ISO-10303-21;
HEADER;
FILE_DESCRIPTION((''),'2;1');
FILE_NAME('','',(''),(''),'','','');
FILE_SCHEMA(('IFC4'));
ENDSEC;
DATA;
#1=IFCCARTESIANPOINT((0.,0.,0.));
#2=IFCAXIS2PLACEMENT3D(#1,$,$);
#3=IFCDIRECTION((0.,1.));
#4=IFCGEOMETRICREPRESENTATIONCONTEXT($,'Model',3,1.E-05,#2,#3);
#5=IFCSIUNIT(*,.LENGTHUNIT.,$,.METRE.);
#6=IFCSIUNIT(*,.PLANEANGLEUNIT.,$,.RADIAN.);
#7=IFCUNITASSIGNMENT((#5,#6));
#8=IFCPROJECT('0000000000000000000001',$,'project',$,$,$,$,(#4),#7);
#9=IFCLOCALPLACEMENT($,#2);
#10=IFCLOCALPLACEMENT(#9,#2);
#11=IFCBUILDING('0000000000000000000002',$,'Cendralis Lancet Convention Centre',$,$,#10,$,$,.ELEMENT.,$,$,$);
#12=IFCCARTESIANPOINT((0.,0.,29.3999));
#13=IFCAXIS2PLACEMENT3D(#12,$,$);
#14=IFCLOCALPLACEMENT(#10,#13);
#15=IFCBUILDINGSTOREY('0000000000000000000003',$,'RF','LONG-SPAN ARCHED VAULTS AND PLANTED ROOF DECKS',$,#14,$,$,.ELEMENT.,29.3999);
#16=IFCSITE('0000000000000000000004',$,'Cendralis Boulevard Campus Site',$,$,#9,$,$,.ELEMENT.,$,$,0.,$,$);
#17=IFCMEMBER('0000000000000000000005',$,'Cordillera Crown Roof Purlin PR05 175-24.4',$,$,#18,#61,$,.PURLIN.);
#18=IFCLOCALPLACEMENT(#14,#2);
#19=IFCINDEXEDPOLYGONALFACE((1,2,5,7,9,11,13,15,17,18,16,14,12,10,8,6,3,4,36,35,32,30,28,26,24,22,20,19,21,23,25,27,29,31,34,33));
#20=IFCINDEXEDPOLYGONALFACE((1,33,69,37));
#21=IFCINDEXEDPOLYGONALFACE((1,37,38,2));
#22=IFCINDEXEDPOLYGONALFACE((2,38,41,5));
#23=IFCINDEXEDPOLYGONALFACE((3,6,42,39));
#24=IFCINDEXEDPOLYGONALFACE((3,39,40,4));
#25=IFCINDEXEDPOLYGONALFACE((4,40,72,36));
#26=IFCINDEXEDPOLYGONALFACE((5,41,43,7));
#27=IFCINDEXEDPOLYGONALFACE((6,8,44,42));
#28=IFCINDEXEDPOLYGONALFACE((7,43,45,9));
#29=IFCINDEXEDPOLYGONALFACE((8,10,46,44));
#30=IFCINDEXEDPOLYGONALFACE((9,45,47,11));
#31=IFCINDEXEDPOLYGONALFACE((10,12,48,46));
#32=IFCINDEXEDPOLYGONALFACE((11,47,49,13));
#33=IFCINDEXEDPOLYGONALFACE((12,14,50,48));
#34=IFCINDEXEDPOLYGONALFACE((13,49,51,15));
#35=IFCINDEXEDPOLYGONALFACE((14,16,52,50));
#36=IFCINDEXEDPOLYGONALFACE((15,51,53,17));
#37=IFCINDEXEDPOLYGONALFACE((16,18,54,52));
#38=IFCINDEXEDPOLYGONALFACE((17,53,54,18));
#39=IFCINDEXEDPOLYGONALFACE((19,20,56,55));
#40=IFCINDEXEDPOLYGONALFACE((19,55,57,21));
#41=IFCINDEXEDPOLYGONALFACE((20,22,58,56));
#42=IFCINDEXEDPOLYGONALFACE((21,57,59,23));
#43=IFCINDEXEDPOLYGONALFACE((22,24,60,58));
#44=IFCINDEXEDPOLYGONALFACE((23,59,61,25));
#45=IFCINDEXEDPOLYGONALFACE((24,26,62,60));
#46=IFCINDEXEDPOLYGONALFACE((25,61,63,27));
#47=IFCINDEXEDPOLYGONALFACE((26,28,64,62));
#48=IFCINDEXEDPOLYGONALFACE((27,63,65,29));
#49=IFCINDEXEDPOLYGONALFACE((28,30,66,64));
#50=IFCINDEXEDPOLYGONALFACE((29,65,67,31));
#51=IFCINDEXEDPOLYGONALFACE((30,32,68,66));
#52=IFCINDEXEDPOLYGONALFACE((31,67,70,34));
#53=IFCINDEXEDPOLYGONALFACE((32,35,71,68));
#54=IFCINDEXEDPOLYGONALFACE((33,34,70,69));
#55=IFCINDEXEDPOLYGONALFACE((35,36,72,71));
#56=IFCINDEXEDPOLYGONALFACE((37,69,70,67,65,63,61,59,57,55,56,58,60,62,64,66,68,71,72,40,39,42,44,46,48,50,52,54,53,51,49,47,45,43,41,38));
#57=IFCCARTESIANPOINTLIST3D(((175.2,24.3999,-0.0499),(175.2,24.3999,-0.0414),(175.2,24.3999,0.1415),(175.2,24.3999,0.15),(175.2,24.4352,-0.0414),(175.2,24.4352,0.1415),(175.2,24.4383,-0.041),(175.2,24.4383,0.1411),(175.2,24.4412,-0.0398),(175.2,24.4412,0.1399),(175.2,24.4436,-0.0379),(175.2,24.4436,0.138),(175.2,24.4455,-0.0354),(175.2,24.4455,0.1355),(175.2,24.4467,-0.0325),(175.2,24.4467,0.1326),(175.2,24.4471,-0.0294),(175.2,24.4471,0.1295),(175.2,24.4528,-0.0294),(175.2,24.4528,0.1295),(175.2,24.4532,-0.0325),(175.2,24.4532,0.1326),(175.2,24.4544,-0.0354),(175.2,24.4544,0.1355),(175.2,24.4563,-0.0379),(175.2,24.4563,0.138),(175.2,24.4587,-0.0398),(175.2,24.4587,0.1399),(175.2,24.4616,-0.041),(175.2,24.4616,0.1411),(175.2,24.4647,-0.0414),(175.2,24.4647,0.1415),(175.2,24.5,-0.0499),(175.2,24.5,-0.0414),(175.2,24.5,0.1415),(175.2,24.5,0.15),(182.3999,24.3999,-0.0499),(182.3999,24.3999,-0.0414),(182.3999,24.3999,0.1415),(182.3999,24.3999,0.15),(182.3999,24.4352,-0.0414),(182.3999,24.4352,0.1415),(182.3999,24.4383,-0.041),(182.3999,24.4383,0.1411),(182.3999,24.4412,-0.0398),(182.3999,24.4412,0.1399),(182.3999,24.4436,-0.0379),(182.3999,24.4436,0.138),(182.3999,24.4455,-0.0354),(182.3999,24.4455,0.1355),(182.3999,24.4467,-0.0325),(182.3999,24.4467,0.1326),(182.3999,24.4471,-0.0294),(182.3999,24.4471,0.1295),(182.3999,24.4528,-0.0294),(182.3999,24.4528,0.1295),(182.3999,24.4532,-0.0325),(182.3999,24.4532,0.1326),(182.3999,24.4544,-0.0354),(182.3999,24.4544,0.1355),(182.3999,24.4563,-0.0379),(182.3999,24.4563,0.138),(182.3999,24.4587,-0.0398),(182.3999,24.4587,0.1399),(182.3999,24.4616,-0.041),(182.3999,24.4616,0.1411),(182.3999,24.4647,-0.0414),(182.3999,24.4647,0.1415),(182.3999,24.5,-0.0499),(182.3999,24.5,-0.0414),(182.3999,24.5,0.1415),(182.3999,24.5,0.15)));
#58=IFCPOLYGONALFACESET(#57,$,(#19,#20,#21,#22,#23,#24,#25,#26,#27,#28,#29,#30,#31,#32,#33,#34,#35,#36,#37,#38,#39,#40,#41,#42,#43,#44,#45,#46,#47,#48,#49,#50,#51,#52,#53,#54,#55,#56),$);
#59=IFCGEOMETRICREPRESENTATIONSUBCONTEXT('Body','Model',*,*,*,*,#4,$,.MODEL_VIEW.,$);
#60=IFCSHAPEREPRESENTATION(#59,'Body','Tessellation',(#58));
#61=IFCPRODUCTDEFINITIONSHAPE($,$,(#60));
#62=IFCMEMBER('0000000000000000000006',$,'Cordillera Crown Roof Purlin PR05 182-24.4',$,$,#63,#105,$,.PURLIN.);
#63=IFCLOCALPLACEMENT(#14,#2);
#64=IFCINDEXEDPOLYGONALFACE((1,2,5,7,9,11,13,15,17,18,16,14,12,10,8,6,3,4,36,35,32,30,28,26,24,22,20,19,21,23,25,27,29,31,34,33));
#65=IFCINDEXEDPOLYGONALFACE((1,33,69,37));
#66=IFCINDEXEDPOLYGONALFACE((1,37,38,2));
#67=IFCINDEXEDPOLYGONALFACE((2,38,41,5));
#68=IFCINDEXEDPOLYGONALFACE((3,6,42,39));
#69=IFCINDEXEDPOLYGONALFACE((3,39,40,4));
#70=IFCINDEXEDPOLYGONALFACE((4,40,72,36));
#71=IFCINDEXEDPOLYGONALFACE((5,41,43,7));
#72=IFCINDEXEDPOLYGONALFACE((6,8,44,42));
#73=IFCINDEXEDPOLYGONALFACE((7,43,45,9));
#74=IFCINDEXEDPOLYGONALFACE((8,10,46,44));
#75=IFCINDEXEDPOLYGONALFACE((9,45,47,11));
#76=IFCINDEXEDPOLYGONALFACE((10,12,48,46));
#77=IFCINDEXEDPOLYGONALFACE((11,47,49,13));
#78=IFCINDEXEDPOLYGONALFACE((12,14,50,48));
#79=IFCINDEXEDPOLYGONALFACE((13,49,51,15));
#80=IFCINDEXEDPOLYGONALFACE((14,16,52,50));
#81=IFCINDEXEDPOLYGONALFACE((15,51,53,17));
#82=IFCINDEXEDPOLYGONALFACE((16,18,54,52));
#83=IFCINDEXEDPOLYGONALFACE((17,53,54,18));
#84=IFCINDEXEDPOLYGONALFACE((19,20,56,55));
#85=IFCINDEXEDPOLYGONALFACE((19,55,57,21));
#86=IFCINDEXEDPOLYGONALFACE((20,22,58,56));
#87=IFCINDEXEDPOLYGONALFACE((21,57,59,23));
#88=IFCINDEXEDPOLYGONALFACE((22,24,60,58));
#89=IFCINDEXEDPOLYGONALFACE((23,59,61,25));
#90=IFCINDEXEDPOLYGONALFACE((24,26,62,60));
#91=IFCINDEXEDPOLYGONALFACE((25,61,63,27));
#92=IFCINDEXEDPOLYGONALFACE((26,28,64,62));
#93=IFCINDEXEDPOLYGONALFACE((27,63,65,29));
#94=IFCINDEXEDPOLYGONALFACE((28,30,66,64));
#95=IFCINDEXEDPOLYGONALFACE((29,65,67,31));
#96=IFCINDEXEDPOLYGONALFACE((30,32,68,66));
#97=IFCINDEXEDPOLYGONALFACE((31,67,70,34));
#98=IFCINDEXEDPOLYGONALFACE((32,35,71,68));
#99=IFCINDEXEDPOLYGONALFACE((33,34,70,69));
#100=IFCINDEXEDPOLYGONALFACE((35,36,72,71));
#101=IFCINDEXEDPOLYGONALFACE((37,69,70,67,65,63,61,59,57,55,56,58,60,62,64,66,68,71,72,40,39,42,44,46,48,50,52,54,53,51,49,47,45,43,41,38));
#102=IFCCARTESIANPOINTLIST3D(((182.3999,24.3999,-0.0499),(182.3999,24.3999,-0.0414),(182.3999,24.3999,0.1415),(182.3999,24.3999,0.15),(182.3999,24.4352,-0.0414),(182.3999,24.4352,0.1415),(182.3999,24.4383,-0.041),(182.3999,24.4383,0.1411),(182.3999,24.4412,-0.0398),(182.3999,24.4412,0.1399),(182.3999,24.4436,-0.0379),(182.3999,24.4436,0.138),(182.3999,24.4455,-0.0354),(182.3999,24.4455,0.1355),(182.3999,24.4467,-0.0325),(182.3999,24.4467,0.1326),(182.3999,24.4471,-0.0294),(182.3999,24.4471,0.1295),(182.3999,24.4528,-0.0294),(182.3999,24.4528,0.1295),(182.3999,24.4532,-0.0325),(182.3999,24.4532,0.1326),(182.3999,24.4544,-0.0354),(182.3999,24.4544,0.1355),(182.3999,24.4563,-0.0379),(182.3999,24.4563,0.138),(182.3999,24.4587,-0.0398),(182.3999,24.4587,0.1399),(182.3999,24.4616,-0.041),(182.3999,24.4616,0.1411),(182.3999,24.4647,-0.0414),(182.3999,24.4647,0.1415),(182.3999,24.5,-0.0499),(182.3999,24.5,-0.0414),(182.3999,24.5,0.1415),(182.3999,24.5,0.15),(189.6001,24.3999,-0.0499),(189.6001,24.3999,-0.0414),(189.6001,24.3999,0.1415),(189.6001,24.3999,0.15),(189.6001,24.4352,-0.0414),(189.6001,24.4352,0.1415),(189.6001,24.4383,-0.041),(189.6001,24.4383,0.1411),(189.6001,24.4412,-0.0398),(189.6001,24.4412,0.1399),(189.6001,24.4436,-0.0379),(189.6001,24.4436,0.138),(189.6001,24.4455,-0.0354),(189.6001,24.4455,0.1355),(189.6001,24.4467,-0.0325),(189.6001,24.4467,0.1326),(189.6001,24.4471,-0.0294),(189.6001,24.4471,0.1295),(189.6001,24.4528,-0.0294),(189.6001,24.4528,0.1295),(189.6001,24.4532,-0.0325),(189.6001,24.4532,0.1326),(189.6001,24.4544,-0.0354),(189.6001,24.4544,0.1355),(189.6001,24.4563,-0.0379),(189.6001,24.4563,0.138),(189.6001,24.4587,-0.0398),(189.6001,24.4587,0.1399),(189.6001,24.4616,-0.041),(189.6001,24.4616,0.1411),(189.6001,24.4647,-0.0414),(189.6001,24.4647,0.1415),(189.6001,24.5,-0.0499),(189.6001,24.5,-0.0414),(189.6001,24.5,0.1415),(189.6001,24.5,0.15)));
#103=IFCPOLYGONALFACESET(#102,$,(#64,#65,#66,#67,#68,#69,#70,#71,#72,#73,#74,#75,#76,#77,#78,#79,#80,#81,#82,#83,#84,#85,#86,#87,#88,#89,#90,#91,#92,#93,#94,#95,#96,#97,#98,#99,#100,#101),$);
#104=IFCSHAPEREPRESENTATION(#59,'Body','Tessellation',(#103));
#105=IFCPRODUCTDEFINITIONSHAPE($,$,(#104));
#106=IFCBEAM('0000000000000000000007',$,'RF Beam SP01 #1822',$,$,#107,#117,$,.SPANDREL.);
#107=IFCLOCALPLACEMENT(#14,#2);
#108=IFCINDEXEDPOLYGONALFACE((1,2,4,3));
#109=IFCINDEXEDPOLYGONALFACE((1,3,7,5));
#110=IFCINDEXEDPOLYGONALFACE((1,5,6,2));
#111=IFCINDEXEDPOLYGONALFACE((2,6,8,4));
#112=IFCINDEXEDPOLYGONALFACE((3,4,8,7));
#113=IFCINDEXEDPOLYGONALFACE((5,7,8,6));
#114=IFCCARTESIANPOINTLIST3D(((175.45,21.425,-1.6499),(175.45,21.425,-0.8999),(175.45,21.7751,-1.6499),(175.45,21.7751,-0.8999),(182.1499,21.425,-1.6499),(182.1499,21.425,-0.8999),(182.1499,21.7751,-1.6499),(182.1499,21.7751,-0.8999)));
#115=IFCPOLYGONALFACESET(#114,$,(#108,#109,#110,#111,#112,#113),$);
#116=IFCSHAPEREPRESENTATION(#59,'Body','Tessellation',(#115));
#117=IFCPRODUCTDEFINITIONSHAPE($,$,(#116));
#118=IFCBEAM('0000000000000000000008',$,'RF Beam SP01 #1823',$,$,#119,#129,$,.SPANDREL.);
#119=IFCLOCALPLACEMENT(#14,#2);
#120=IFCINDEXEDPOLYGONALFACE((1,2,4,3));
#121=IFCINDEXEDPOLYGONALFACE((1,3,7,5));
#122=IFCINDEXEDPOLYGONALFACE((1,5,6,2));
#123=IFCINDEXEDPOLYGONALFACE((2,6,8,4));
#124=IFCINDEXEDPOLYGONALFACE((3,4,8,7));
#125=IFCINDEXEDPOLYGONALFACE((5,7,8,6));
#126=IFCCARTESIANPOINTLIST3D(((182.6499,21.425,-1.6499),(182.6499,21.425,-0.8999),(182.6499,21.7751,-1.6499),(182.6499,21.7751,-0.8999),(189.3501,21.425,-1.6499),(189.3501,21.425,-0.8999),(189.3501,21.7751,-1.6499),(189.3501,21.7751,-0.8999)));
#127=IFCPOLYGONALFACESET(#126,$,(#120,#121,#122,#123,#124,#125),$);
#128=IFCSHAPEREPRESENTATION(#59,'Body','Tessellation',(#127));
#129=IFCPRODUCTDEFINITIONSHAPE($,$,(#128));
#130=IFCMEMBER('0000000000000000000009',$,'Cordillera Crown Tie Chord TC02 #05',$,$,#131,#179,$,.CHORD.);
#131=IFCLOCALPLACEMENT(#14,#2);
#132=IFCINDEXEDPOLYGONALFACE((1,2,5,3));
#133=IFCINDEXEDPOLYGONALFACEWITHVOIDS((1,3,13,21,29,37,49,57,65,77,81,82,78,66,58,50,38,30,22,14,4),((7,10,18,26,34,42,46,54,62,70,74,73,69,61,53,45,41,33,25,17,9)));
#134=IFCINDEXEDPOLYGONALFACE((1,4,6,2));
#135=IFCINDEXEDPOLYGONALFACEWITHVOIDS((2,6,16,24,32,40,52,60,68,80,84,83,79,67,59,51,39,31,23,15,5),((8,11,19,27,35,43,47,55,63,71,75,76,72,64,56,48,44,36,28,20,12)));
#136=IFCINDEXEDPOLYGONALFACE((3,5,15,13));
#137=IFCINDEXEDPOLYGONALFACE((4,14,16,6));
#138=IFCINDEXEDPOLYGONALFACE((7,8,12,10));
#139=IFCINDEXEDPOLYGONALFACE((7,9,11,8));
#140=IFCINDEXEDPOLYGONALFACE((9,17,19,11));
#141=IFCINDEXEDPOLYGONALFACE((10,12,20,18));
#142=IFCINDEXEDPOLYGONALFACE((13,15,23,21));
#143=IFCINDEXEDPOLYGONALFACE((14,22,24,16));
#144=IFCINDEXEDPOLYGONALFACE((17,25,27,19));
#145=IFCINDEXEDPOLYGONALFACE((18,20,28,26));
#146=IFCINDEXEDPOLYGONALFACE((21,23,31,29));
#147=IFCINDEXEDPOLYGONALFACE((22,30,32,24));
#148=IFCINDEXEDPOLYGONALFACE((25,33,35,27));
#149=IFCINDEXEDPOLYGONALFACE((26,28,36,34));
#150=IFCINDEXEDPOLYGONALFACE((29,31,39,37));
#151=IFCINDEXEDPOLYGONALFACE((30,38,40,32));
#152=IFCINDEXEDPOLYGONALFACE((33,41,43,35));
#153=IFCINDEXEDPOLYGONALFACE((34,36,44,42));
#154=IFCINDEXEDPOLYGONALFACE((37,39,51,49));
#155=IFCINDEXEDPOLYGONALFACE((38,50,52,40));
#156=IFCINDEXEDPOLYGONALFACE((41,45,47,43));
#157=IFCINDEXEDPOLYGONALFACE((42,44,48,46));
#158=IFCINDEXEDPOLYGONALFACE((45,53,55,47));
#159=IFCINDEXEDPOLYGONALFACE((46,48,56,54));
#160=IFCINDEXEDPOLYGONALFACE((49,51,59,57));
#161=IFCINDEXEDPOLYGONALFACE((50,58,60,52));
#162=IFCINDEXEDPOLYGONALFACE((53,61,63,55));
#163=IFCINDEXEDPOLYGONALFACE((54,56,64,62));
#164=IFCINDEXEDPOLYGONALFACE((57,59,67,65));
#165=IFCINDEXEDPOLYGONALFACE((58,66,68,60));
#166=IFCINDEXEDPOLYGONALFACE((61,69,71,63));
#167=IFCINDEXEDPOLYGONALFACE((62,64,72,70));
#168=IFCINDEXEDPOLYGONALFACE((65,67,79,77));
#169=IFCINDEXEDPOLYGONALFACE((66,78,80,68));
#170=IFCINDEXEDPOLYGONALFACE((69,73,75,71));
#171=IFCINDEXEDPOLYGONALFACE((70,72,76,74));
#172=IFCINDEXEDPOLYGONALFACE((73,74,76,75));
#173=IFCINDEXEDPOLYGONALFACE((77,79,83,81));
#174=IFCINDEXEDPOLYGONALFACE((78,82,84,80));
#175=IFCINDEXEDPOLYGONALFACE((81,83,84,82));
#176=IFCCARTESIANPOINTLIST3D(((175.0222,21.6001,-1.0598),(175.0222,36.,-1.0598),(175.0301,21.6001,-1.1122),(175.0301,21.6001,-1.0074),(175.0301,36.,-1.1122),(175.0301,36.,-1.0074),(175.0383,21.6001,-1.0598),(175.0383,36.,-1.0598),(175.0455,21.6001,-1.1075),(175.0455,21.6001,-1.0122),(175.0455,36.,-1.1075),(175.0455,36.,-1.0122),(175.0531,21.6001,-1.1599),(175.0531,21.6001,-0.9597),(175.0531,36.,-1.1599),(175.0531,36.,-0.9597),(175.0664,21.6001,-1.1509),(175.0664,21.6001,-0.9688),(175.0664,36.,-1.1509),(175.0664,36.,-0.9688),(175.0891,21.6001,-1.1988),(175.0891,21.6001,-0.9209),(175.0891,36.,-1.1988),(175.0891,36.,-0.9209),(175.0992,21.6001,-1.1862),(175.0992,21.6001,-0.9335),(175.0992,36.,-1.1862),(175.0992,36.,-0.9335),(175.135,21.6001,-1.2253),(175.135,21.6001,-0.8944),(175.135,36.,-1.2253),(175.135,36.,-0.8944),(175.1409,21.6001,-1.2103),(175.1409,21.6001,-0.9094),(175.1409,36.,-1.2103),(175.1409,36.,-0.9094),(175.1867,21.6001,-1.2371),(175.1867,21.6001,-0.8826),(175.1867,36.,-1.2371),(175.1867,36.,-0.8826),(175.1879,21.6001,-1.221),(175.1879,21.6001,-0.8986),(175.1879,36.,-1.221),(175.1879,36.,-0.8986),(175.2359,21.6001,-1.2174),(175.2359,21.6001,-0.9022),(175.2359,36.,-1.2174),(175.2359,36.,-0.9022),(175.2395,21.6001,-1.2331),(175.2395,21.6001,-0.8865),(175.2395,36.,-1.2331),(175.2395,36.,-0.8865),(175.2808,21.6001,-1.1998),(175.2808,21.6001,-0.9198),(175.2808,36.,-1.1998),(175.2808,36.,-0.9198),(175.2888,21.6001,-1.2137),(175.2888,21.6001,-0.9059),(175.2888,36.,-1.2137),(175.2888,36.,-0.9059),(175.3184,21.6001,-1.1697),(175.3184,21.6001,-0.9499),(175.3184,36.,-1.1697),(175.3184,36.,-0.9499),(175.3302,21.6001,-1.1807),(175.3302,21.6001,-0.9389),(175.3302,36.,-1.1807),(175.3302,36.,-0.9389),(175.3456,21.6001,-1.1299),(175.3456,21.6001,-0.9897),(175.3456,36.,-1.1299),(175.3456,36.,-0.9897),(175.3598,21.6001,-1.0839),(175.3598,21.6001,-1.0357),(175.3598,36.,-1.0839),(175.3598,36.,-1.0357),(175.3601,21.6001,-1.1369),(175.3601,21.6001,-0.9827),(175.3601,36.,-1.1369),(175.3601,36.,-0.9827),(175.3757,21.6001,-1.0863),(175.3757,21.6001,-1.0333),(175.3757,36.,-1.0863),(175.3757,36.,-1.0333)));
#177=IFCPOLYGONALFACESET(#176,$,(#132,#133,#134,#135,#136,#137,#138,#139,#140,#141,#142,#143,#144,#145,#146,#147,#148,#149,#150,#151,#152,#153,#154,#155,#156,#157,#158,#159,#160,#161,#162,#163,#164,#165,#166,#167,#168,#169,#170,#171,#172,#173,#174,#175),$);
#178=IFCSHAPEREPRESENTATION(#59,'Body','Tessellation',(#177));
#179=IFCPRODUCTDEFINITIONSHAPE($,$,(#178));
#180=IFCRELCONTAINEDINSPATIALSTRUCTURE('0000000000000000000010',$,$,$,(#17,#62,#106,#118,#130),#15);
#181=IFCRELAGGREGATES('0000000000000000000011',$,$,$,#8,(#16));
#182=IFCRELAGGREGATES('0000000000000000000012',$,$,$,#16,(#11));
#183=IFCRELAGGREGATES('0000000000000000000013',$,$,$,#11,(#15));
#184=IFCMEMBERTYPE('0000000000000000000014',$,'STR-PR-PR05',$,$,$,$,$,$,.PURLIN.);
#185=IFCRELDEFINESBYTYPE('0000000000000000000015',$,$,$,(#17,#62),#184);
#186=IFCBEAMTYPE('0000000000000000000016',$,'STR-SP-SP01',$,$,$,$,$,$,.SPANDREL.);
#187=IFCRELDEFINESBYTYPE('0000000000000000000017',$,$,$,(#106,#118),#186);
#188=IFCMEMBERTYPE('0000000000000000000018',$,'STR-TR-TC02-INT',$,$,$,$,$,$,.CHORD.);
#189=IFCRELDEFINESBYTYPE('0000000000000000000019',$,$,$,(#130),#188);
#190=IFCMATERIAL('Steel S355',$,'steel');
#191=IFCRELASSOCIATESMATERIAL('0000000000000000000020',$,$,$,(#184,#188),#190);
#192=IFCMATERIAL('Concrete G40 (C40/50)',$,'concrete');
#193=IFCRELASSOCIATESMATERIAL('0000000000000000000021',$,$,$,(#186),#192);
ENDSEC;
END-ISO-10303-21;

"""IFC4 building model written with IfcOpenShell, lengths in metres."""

from ifc_helpers import new_model, si_unit, direction, frame, origin, origin_2d, place, context, subcontext, project, spatial, rectangle, hollow_circle, i_section, extrude, material, material_profile, profile_set, type_object, element, save


model = new_model("IFC4")

# Units and contexts
model_context = context("Model", 3, precision=1e-05, world=origin(), true_north=direction((0.0, 1.0)))
body_context = subcontext(model_context, "Body", "Model", "MODEL_VIEW")
ifc_project = project(units=[si_unit("LENGTHUNIT", "METRE"), si_unit("PLANEANGLEUNIT", "RADIAN")], contexts=[model_context])

# Site, building, storey
site_placement = place(None, origin())
site = spatial("IfcSite", under=ifc_project, at=site_placement, Name="Cendralis Boulevard Campus Site", CompositionType="ELEMENT", RefElevation=0.0)
building_placement = place(site_placement, origin())
building = spatial("IfcBuilding", under=site, at=building_placement, Name="Cendralis Lancet Convention Centre", CompositionType="ELEMENT")
storey_placement = place(building_placement, frame((0.0, 0.0, 29.3999)))
storey = spatial("IfcBuildingStorey", under=building, at=storey_placement, Name="RF", Description="LONG-SPAN ARCHED VAULTS AND PLANTED ROOF DECKS", CompositionType="ELEMENT", Elevation=29.3999)

# Shared definitions
ifc_material_1 = material(Name="Steel S355", Category="steel")

# Members
ifc_material_profile_1 = material_profile(ifc_material_1, i_section(OverallWidth=0.1001, OverallDepth=0.2, WebThickness=0.0056, FlangeThickness=0.0085, FilletRadius=0.012, at=origin_2d()), Name="IPE 200")
ifc_profile_set_1 = profile_set([ifc_material_profile_1], Name="Steel S355")
member_type_1 = type_object("IfcMemberType", Name="STR-PR-PR05", PredefinedType="PURLIN", material=ifc_profile_set_1)
member_1_placement = place(storey_placement, frame((175.2, 24.45, 0.05), z_axis=(1.0, 0.0, 0.0), x_axis=(0.0, 1.0, 0.0)))
element("IfcMember", 1, at=member_1_placement, inside=storey, type_object=member_type_1, Name="Cordillera Crown Roof Purlin PR05 175-24.4", PredefinedType="PURLIN", context=body_context, shape_type="SweptSolid", body=[
    extrude(i_section(OverallWidth=0.1001, OverallDepth=0.2, WebThickness=0.0056, FlangeThickness=0.0085, FilletRadius=0.012, at=origin_2d()), origin(), (0.0, 0.0, 1.0), 7.2),
])
member_2_placement = place(storey_placement, frame((182.3999, 24.45, 0.05), z_axis=(1.0, 0.0, 0.0), x_axis=(0.0, 1.0, 0.0)))
element("IfcMember", 2, at=member_2_placement, inside=storey, type_object=member_type_1, Name="Cordillera Crown Roof Purlin PR05 182-24.4", PredefinedType="PURLIN", context=body_context, shape_type="SweptSolid", body=[
    extrude(i_section(OverallWidth=0.1001, OverallDepth=0.2, WebThickness=0.0056, FlangeThickness=0.0085, FilletRadius=0.012, at=origin_2d()), origin(), (0.0, 0.0, 1.0), 7.2002),
])

# Beams
ifc_material_2 = material(Name="Concrete G40 (C40/50)", Category="concrete")
ifc_material_profile_2 = material_profile(ifc_material_2, rectangle(XDim=0.3501, YDim=0.75, at=origin_2d()), Name="RCB 350x750")
ifc_profile_set_2 = profile_set([ifc_material_profile_2], Name="Concrete G40 (C40/50)")
beam_type_1 = type_object("IfcBeamType", Name="STR-SP-SP01", PredefinedType="SPANDREL", material=ifc_profile_set_2)
beam_1_placement = place(storey_placement, frame((175.45, 21.6001, -1.2749), z_axis=(1.0, 0.0, 0.0), x_axis=(0.0, 1.0, 0.0)))
element("IfcBeam", 3, at=beam_1_placement, inside=storey, type_object=beam_type_1, Name="RF Beam SP01 #1822", PredefinedType="SPANDREL", context=body_context, shape_type="SweptSolid", body=[
    extrude(rectangle(XDim=0.3501, YDim=0.75, at=origin_2d()), origin(), (0.0, 0.0, 1.0), 6.7),
])
beam_2_placement = place(storey_placement, frame((182.6499, 21.6001, -1.2749), z_axis=(1.0, 0.0, 0.0), x_axis=(0.0, 1.0, 0.0)))
element("IfcBeam", 4, at=beam_2_placement, inside=storey, type_object=beam_type_1, Name="RF Beam SP01 #1823", PredefinedType="SPANDREL", context=body_context, shape_type="SweptSolid", body=[
    extrude(rectangle(XDim=0.3501, YDim=0.75, at=origin_2d()), origin(), (0.0, 0.0, 1.0), 6.7002),
])

# Member
ifc_material_profile_3 = material_profile(ifc_material_1, hollow_circle(Radius=0.1777, WallThickness=0.0161, at=origin_2d()), Name="CHS 355.6x16.0")
ifc_profile_set_3 = profile_set([ifc_material_profile_3], Name="Steel S355")
member_type_2 = type_object("IfcMemberType", Name="STR-TR-TC02-INT", PredefinedType="CHORD", material=ifc_profile_set_3)
for number, where, z_axis, x_axis, name in (
    (5, (175.2, 21.6001, -1.0598), (0.0, 1.0, 0.0), (-1.0, 0.0, 0.0), "Cordillera Crown Tie Chord TC02 #05"),
):
    element("IfcMember", number, at=place(storey_placement, frame(where, z_axis=z_axis, x_axis=x_axis)), inside=storey, type_object=member_type_2, Name=name, PredefinedType="CHORD", context=body_context, shape_type="SweptSolid", body=[
        extrude(hollow_circle(Radius=0.1777, WallThickness=0.0161, at=origin_2d()), origin(), (0.0, 0.0, 1.0), 14.3999),
    ])

save(model, "model.ifc")
